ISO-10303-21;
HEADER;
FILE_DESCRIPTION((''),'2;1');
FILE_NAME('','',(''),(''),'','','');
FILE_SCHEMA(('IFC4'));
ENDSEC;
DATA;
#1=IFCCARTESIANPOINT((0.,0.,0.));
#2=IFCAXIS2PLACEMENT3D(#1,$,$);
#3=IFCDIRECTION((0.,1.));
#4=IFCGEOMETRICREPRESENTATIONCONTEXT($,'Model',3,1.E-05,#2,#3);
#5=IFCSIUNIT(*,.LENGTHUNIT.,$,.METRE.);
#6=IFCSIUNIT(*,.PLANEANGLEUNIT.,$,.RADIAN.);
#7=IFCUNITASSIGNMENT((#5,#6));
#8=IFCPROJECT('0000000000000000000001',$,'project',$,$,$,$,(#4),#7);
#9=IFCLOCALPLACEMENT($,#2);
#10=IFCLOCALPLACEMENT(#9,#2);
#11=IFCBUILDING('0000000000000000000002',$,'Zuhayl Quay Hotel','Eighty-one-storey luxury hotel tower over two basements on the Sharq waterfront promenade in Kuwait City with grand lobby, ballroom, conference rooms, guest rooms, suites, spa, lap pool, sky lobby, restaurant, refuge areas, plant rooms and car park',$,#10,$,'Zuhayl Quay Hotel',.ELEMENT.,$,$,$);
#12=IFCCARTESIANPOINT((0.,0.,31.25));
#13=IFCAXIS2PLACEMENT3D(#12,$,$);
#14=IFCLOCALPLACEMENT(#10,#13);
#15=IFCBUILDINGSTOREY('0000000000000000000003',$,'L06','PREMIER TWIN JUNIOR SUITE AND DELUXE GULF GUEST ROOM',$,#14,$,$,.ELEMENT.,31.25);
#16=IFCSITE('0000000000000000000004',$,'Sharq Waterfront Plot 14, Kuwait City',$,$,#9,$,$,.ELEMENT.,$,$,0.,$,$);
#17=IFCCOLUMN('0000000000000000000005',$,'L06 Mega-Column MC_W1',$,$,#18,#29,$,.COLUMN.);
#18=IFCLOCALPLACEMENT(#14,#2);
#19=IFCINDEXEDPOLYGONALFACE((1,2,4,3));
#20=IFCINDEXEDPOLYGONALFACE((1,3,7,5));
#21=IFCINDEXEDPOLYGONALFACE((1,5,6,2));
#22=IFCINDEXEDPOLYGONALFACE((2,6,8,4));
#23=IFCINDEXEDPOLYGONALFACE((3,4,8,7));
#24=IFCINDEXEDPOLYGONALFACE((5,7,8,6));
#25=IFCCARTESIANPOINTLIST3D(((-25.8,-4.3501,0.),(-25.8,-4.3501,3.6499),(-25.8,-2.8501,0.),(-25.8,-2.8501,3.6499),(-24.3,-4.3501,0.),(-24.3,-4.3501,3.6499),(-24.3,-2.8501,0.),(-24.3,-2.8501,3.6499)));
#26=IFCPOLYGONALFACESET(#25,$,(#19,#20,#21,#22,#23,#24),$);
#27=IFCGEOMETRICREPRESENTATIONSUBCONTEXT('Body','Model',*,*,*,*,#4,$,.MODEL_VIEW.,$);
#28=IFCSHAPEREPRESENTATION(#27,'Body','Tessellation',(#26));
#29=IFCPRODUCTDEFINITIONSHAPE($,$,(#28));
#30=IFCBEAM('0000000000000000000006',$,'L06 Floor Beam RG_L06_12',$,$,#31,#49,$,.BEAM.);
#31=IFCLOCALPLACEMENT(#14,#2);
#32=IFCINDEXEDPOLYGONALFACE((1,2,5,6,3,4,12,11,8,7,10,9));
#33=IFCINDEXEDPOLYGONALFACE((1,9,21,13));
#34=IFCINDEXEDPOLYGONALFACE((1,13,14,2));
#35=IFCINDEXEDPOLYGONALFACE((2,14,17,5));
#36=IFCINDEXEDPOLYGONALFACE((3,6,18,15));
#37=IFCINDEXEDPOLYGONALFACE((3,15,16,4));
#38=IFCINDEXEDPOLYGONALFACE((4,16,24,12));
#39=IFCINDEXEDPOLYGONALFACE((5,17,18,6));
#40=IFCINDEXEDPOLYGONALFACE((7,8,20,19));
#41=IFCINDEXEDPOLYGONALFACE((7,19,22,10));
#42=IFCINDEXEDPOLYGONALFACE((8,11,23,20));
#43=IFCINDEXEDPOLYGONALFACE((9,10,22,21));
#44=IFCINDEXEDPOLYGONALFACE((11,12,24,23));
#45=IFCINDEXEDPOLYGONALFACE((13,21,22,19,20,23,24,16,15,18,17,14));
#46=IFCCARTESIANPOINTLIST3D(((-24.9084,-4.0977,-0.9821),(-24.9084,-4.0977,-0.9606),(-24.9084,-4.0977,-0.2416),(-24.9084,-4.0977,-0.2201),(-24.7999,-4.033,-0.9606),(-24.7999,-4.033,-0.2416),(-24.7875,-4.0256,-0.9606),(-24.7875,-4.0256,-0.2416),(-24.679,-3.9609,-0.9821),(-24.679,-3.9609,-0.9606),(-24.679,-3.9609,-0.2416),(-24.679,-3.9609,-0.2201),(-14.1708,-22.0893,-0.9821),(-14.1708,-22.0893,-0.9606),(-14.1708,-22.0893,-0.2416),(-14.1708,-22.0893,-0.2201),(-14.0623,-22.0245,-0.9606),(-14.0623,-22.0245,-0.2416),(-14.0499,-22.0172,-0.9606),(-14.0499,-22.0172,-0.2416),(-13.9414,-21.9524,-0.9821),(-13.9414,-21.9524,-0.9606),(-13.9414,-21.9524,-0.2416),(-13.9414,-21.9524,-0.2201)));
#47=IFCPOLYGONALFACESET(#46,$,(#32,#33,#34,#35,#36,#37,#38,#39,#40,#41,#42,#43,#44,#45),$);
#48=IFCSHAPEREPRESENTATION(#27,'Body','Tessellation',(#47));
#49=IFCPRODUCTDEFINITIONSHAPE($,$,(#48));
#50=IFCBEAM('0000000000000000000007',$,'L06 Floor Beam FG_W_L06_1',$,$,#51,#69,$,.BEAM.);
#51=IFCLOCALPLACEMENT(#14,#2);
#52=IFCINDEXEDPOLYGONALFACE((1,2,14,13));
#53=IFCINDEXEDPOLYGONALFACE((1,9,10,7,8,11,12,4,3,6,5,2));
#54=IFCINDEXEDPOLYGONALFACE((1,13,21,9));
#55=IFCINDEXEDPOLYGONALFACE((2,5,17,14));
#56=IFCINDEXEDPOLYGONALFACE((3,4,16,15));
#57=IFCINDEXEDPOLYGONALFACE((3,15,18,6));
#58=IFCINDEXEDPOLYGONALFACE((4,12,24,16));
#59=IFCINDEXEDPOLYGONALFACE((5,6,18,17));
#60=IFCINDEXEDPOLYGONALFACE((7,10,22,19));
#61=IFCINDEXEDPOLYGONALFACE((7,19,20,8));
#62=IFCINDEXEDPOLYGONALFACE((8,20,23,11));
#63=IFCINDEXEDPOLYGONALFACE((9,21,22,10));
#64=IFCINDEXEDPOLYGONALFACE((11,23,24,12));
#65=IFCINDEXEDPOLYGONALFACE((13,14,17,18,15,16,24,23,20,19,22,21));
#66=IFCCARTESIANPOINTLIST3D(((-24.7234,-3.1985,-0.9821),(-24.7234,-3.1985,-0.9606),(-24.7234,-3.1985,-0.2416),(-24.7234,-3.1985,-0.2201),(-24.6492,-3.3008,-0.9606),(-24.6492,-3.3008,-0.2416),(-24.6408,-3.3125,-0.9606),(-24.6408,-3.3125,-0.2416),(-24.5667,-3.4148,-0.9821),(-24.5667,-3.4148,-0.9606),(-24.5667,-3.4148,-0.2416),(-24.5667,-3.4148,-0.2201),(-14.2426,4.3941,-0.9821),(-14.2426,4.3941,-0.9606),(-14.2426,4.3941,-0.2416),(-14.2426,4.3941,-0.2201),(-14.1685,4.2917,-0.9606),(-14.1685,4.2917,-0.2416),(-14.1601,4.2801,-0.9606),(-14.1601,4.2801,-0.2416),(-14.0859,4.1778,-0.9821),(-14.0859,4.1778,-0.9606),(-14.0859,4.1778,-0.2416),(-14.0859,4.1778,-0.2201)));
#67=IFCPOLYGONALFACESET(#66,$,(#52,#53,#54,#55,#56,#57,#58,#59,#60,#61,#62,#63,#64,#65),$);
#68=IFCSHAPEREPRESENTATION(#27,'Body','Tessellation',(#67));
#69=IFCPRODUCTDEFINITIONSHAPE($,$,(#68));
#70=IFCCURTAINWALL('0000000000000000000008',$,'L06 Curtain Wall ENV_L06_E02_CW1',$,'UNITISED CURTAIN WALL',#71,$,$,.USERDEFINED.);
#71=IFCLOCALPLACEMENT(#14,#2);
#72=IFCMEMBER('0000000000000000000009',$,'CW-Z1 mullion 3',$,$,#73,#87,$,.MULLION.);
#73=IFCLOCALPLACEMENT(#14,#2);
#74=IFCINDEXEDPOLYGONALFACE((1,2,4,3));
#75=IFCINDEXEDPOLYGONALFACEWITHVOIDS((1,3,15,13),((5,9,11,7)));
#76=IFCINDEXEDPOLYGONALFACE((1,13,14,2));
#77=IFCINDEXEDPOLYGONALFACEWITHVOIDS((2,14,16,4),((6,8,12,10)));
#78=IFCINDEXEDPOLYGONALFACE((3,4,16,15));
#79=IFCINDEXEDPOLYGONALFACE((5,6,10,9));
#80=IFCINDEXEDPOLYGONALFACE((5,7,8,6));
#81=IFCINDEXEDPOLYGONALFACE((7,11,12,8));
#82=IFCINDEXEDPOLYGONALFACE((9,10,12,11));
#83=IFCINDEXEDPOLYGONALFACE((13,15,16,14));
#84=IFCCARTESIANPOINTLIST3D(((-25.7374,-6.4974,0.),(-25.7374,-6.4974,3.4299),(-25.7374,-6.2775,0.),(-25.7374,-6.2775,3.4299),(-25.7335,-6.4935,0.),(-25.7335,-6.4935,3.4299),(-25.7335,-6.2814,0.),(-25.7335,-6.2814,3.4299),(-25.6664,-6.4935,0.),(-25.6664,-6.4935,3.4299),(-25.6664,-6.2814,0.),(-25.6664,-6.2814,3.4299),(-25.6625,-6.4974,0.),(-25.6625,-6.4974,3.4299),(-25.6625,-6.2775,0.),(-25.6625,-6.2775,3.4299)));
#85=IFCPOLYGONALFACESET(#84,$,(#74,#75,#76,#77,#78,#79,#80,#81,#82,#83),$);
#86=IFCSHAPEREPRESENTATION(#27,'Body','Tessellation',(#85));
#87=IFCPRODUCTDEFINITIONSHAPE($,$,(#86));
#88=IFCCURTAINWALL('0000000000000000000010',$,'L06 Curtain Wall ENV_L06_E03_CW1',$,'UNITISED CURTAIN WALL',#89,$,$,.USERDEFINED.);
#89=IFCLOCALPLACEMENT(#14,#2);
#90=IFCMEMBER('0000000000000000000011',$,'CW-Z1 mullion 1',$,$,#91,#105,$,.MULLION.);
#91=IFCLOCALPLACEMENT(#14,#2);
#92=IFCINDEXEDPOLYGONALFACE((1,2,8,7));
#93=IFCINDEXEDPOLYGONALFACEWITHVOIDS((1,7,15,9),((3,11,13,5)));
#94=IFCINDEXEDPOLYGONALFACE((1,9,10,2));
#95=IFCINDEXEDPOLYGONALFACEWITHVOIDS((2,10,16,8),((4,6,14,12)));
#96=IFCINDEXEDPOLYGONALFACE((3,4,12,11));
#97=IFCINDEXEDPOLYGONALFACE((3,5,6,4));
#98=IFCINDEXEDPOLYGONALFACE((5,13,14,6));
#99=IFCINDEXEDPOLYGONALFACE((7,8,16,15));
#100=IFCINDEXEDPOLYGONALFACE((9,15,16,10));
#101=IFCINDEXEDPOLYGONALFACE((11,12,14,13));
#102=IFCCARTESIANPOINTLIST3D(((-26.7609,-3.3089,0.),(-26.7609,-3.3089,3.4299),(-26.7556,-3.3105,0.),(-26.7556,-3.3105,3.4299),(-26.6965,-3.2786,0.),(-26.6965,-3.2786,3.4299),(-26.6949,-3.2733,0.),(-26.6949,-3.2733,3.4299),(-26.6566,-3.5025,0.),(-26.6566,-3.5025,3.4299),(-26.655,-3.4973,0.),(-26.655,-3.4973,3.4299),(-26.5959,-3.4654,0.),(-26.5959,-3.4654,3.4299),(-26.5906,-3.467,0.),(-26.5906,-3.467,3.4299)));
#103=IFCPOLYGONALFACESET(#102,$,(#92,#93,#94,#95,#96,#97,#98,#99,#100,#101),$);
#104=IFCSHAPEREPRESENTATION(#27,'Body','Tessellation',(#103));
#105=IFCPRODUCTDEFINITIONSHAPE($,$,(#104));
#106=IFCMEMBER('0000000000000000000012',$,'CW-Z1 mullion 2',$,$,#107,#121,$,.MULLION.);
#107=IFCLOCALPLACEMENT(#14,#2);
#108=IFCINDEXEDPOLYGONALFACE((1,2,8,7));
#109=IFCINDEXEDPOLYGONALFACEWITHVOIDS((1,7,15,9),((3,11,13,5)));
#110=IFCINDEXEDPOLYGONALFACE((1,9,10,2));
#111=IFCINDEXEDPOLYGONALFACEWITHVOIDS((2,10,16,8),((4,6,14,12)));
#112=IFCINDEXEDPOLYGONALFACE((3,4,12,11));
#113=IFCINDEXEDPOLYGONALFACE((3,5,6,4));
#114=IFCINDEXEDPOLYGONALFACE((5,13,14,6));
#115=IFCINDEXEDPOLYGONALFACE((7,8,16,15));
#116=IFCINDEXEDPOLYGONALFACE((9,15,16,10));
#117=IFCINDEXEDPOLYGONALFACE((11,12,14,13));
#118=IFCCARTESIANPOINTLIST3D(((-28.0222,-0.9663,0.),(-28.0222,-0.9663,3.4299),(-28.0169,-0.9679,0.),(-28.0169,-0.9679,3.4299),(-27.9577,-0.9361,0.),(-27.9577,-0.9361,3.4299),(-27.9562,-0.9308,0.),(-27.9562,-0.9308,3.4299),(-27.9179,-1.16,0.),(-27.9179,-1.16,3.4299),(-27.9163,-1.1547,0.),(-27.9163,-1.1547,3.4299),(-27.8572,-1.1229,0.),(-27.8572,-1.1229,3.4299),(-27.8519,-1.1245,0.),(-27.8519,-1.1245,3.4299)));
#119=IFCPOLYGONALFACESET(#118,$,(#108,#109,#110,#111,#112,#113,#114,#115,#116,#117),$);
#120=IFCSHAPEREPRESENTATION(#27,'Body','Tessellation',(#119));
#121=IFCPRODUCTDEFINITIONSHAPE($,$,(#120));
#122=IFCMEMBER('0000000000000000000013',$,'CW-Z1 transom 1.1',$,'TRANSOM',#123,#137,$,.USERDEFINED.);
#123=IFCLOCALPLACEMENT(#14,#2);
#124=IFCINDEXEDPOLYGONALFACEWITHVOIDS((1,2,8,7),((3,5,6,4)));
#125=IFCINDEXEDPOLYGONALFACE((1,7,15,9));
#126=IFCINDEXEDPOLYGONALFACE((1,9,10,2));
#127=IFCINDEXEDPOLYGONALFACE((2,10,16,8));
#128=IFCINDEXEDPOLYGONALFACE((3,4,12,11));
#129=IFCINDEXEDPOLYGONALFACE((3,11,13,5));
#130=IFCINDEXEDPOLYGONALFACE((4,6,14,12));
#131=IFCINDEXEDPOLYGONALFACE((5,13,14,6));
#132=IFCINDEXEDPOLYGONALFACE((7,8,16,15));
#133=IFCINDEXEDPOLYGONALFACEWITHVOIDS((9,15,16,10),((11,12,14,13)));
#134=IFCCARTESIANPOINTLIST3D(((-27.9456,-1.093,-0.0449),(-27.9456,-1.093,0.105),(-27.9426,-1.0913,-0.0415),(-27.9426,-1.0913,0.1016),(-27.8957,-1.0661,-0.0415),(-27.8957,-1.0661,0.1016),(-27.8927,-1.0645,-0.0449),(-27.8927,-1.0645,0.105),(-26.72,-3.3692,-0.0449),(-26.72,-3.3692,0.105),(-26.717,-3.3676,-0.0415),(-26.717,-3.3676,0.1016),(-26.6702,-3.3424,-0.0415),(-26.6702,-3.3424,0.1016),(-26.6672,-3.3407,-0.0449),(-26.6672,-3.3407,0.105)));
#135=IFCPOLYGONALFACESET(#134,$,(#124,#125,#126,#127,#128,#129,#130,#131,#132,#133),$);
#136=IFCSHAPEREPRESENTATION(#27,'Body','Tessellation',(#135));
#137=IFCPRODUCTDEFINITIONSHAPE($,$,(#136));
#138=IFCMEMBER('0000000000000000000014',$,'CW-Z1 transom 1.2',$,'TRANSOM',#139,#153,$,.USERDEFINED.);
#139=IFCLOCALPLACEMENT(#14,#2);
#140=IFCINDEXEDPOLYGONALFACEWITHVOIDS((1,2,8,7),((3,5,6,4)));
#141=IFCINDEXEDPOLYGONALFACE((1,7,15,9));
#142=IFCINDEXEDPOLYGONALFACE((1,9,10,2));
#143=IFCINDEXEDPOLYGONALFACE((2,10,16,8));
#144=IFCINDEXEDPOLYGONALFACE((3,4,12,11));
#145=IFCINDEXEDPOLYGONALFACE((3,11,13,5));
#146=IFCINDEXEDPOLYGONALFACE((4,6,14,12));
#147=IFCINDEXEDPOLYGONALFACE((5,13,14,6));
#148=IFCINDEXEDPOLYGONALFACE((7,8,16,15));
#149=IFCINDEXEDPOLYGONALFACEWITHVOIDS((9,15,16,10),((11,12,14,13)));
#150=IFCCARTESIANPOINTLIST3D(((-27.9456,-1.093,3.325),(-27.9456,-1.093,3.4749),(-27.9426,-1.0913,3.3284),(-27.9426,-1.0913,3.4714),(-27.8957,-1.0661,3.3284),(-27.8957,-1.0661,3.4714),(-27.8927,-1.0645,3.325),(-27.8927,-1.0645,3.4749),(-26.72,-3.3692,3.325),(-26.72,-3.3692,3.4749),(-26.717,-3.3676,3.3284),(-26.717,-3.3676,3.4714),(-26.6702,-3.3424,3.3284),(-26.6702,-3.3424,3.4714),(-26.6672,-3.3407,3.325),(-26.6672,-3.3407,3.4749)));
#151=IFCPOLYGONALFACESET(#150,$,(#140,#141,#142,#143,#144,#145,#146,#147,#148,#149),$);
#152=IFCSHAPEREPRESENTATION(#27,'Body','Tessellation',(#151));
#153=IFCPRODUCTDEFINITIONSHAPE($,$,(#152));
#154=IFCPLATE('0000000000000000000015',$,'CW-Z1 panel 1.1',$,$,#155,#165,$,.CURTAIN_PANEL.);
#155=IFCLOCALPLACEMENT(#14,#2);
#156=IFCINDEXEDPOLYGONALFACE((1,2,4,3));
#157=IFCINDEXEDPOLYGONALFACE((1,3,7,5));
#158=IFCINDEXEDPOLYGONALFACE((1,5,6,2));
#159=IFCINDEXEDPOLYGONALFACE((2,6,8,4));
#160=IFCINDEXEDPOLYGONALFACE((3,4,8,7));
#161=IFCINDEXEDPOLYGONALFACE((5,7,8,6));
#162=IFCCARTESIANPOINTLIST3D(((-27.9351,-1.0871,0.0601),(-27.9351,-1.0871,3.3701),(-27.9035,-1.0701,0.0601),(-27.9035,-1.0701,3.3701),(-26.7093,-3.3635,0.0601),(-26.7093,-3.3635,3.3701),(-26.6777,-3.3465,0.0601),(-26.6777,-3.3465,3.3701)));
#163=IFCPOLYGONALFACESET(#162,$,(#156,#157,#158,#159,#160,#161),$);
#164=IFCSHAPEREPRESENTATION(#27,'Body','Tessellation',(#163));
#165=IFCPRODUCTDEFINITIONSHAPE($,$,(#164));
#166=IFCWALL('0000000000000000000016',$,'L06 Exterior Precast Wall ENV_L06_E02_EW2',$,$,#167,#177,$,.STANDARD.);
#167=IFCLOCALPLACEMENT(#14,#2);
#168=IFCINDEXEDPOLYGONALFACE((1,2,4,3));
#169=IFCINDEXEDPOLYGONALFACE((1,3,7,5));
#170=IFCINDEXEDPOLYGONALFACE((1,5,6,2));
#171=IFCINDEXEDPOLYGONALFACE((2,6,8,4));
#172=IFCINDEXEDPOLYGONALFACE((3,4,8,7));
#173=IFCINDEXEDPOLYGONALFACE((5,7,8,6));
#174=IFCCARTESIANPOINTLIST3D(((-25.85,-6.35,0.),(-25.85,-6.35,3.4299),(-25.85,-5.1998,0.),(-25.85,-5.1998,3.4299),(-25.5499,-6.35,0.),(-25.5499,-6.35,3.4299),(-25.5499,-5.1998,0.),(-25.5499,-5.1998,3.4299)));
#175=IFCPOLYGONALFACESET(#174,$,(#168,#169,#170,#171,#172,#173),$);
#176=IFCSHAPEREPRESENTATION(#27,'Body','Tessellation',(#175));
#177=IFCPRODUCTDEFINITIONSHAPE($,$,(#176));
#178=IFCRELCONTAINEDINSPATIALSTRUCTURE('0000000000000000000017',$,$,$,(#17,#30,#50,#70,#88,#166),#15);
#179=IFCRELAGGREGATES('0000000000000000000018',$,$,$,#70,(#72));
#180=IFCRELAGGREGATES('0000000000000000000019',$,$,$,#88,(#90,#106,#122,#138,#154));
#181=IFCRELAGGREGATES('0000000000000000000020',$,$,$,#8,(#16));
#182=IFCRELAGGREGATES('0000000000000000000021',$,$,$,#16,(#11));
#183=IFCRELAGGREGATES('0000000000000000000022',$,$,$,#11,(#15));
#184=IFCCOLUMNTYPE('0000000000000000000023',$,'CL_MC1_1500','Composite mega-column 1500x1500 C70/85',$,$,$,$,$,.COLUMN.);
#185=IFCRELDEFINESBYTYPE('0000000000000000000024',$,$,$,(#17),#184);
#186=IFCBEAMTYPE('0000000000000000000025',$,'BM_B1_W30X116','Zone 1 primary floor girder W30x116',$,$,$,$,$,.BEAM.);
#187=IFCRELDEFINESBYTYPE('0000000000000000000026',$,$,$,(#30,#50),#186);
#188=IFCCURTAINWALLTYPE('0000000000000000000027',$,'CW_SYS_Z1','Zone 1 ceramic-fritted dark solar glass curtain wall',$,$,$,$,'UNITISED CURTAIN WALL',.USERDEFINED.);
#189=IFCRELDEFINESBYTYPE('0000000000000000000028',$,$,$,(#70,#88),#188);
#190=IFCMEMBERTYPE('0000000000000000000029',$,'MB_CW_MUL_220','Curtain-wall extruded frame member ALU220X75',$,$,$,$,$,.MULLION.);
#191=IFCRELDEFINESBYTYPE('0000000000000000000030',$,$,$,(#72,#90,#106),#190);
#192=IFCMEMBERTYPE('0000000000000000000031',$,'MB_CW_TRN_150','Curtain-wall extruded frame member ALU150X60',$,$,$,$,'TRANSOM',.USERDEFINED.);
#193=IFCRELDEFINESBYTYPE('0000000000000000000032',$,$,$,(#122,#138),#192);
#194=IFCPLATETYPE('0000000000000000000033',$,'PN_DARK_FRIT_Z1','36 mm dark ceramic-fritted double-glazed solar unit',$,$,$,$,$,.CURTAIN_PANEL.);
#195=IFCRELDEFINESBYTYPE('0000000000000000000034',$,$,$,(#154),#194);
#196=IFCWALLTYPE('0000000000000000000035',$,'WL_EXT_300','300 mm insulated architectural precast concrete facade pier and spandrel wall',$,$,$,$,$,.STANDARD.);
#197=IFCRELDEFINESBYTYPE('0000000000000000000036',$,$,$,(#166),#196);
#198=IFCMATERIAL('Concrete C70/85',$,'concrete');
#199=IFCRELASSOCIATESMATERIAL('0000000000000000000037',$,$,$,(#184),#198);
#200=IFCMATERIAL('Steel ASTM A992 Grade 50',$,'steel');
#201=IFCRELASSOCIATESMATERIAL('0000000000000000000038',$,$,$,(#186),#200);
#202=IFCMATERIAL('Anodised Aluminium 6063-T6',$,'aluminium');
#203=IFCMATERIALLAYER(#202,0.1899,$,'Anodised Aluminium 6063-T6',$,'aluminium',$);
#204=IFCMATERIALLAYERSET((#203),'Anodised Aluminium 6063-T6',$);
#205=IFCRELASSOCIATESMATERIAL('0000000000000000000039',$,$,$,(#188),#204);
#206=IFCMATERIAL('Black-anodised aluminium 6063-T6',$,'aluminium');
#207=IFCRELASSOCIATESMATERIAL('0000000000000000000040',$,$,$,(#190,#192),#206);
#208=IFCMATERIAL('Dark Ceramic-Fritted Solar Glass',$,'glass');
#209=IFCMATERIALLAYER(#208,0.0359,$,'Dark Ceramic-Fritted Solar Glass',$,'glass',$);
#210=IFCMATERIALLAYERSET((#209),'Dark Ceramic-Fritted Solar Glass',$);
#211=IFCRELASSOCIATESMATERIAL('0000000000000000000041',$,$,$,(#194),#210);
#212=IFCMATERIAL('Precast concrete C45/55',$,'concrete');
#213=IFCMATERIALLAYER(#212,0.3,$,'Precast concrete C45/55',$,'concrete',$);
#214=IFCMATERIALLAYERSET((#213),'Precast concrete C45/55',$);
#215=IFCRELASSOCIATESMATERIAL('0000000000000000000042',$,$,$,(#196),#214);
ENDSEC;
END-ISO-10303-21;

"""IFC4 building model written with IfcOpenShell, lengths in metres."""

from ifc_helpers import new_model, si_unit, direction, frame, frame_2d, origin, origin_2d, place, context, subcontext, project, spatial, rectangle, hollow_rectangle, i_section, extrude, material, layer, layer_set, material_profile, profile_set, type_object, element, aggregate, save


model = new_model("IFC4")

# Units and contexts
model_context = context("Model", 3, precision=1e-05, world=origin(), true_north=direction((0.0, 1.0)))
body_context = subcontext(model_context, "Body", "Model", "MODEL_VIEW")
ifc_project = project(units=[si_unit("LENGTHUNIT", "METRE"), si_unit("PLANEANGLEUNIT", "RADIAN")], contexts=[model_context])

# Site, building, storey
site_placement = place(None, origin())
site = spatial("IfcSite", under=ifc_project, at=site_placement, Name="Sharq Waterfront Plot 14, Kuwait City", CompositionType="ELEMENT", RefElevation=0.0)
building_placement = place(site_placement, origin())
building = spatial("IfcBuilding", under=site, at=building_placement, Name="Zuhayl Quay Hotel", Description="Eighty-one-storey luxury hotel tower over two basements on the Sharq waterfront promenade in Kuwait City with grand lobby, ballroom, conference rooms, guest rooms, suites, spa, lap pool, sky lobby, restaurant, refuge areas, plant rooms and car park", LongName="Zuhayl Quay Hotel", CompositionType="ELEMENT")
storey_placement = place(building_placement, frame((0.0, 0.0, 31.25)))
storey = spatial("IfcBuildingStorey", under=building, at=storey_placement, Name="L06", Description="PREMIER TWIN JUNIOR SUITE AND DELUXE GULF GUEST ROOM", CompositionType="ELEMENT", Elevation=31.25)

# Column
ifc_material_1 = material(Name="Concrete C70/85", Category="concrete")
ifc_material_profile_1 = material_profile(ifc_material_1, rectangle(XDim=1.5, YDim=1.5, at=origin_2d()), Name="RC1500X1500")
ifc_profile_set_1 = profile_set([ifc_material_profile_1], Name="Concrete C70/85")
column_type = type_object("IfcColumnType", Name="CL_MC1_1500", Description="Composite mega-column 1500x1500 C70/85", PredefinedType="COLUMN", material=ifc_profile_set_1)
column_placement = place(storey_placement, frame((-25.05, -3.6001, 0.0), z_axis=(0.0, 0.0, 1.0), x_axis=(1.0, 0.0, 0.0)))
element("IfcColumn", 1, at=column_placement, inside=storey, type_object=column_type, Name="L06 Mega-Column MC_W1", PredefinedType="COLUMN", context=body_context, shape_type="SweptSolid", body=[
    extrude(rectangle(XDim=1.5, YDim=1.5, at=origin_2d()), origin(), (0.0, 0.0, 1.0), 3.6499),
])

# Beams
ifc_material_2 = material(Name="Steel ASTM A992 Grade 50", Category="steel")
ifc_material_profile_2 = material_profile(ifc_material_2, i_section(OverallWidth=0.2671, OverallDepth=0.762, WebThickness=0.0144, FlangeThickness=0.0215, at=origin_2d()), Name="W30X116")
ifc_profile_set_2 = profile_set([ifc_material_profile_2], Name="Steel ASTM A992 Grade 50")
beam_type = type_object("IfcBeamType", Name="BM_B1_W30X116", Description="Zone 1 primary floor girder W30x116", PredefinedType="BEAM", material=ifc_profile_set_2)
beam_1_placement = place(storey_placement, frame((-24.7937, -4.0293, -0.6011), z_axis=(0.512483, -0.858698, 0.0), x_axis=(0.858698, 0.512483, 0.0)))
element("IfcBeam", 2, at=beam_1_placement, inside=storey, type_object=beam_type, Name="L06 Floor Beam RG_L06_12", PredefinedType="BEAM", context=body_context, shape_type="SweptSolid", body=[
    extrude(i_section(OverallWidth=0.2671, OverallDepth=0.762, WebThickness=0.0144, FlangeThickness=0.0215, at=origin_2d()), origin(), (0.0, 0.0, 1.0), 20.9521),
])
beam_2_placement = place(storey_placement, frame((-24.645, -3.3066, -0.6011), z_axis=(0.80983, 0.586664, 0.0), x_axis=(-0.586664, 0.80983, 0.0)))
element("IfcBeam", 3, at=beam_2_placement, inside=storey, type_object=beam_type, Name="L06 Floor Beam FG_W_L06_1", PredefinedType="BEAM", context=body_context, shape_type="SweptSolid", body=[
    extrude(i_section(OverallWidth=0.2671, OverallDepth=0.762, WebThickness=0.0144, FlangeThickness=0.0215, at=origin_2d()), origin(), (0.0, 0.0, 1.0), 12.9419),
])

# Curtain wall, member
ifc_material_3 = material(Name="Anodised Aluminium 6063-T6", Category="aluminium")
ifc_layer_1 = layer(ifc_material_3, 0.1899, Name="Anodised Aluminium 6063-T6", Category="aluminium")
ifc_layer_set_1 = layer_set([ifc_layer_1], Name="Anodised Aluminium 6063-T6")
curtain_wall_type = type_object("IfcCurtainWallType", Name="CW_SYS_Z1", Description="Zone 1 ceramic-fritted dark solar glass curtain wall", ElementType="UNITISED CURTAIN WALL", PredefinedType="USERDEFINED", material=ifc_layer_set_1)
curtain_wall_1_placement = place(storey_placement, origin())
curtain_wall_1 = element("IfcCurtainWall", 4, at=curtain_wall_1_placement, inside=storey, type_object=curtain_wall_type, Name="L06 Curtain Wall ENV_L06_E02_CW1", ObjectType="UNITISED CURTAIN WALL", PredefinedType="USERDEFINED")
ifc_material_4 = material(Name="Black-anodised aluminium 6063-T6", Category="aluminium")
ifc_material_profile_3 = material_profile(ifc_material_4, hollow_rectangle(XDim=0.075, YDim=0.22, WallThickness=0.0039, at=origin_2d()), Name="ALU220X75")
ifc_profile_set_3 = profile_set([ifc_material_profile_3], Name="Black-anodised aluminium 6063-T6")
member_type_1 = type_object("IfcMemberType", Name="MB_CW_MUL_220", Description="Curtain-wall extruded frame member ALU220X75", PredefinedType="MULLION", material=ifc_profile_set_3)
member_1_placement = place(storey_placement, frame((-25.7, -6.3875, 0.0), z_axis=(0.0, 0.0, 1.0), x_axis=(-1.0, 0.0, 0.0)))
member_1 = element("IfcMember", 5, at=member_1_placement, type_object=member_type_1, Name="CW-Z1 mullion 3", PredefinedType="MULLION", context=body_context, shape_type="SweptSolid", body=[
    extrude(hollow_rectangle(XDim=0.075, YDim=0.22, WallThickness=0.0039, at=origin_2d()), origin(), (0.0, 0.0, 1.0), 3.4299),
])
aggregate(curtain_wall_1, [member_1])

# Curtain wall, members, plate
curtain_wall_2_placement = place(storey_placement, origin())
curtain_wall_2 = element("IfcCurtainWall", 6, at=curtain_wall_2_placement, inside=storey, type_object=curtain_wall_type, Name="L06 Curtain Wall ENV_L06_E03_CW1", ObjectType="UNITISED CURTAIN WALL", PredefinedType="USERDEFINED")
member_2_placement = place(storey_placement, frame((-26.6758, -3.3879, 0.0), z_axis=(0.0, 0.0, 1.0), x_axis=(-0.880476, -0.474091, 0.0)))
member_2 = element("IfcMember", 7, at=member_2_placement, type_object=member_type_1, Name="CW-Z1 mullion 1", PredefinedType="MULLION", context=body_context, shape_type="SweptSolid", body=[
    extrude(hollow_rectangle(XDim=0.075, YDim=0.22, WallThickness=0.0039, at=origin_2d()), origin(), (0.0, 0.0, 1.0), 3.4299),
])
member_3_placement = place(storey_placement, frame((-27.937, -1.0454, 0.0), z_axis=(0.0, 0.0, 1.0), x_axis=(-0.880476, -0.474091, 0.0)))
member_3 = element("IfcMember", 8, at=member_3_placement, type_object=member_type_1, Name="CW-Z1 mullion 2", PredefinedType="MULLION", context=body_context, shape_type="SweptSolid", body=[
    extrude(hollow_rectangle(XDim=0.075, YDim=0.22, WallThickness=0.0039, at=origin_2d()), origin(), (0.0, 0.0, 1.0), 3.4299),
])
ifc_material_profile_4 = material_profile(ifc_material_4, hollow_rectangle(XDim=0.0601, YDim=0.1499, WallThickness=0.0034, at=origin_2d()), Name="ALU150X60")
ifc_profile_set_4 = profile_set([ifc_material_profile_4], Name="Black-anodised aluminium 6063-T6")
member_type_2 = type_object("IfcMemberType", Name="MB_CW_TRN_150", Description="Curtain-wall extruded frame member ALU150X60", ElementType="TRANSOM", PredefinedType="USERDEFINED", material=ifc_profile_set_4)
member_4_placement = place(storey_placement, frame((-26.6936, -3.355, 0.03), z_axis=(-0.474055, 0.880495, 0.0), x_axis=(-0.880495, -0.474055, 0.0)))
member_4 = element("IfcMember", 9, at=member_4_placement, type_object=member_type_2, Name="CW-Z1 transom 1.1", ObjectType="TRANSOM", PredefinedType="USERDEFINED", context=body_context, shape_type="SweptSolid", body=[
    extrude(hollow_rectangle(XDim=0.0601, YDim=0.1499, WallThickness=0.0034, at=origin_2d()), origin(), (0.0, 0.0, 1.0), 2.5852),
])
member_5_placement = place(storey_placement, frame((-26.6936, -3.355, 3.3999), z_axis=(-0.474055, 0.880495, 0.0), x_axis=(-0.880495, -0.474055, 0.0)))
member_5 = element("IfcMember", 10, at=member_5_placement, type_object=member_type_2, Name="CW-Z1 transom 1.2", ObjectType="TRANSOM", PredefinedType="USERDEFINED", context=body_context, shape_type="SweptSolid", body=[
    extrude(hollow_rectangle(XDim=0.0601, YDim=0.1499, WallThickness=0.0034, at=origin_2d()), origin(), (0.0, 0.0, 1.0), 2.5852),
])
ifc_material_5 = material(Name="Dark Ceramic-Fritted Solar Glass", Category="glass")
ifc_layer_2 = layer(ifc_material_5, 0.0359, Name="Dark Ceramic-Fritted Solar Glass", Category="glass")
ifc_layer_set_2 = layer_set([ifc_layer_2], Name="Dark Ceramic-Fritted Solar Glass")
plate_type = type_object("IfcPlateType", Name="PN_DARK_FRIT_Z1", Description="36 mm dark ceramic-fritted double-glazed solar unit", PredefinedType="CURTAIN_PANEL", material=ifc_layer_set_2)
plate_placement = place(storey_placement, frame((-27.3064, -2.2168, 0.0601), z_axis=(0.0, 0.0, 1.0), x_axis=(-0.474091, 0.880476, 0.0)))
plate = element("IfcPlate", 11, at=plate_placement, type_object=plate_type, Name="CW-Z1 panel 1.1", PredefinedType="CURTAIN_PANEL", context=body_context, shape_type="SweptSolid", body=[
    extrude(rectangle(XDim=2.5854, YDim=0.0359, at=origin_2d()), origin(), (0.0, 0.0, 1.0), 3.3101),
])
aggregate(curtain_wall_2, [member_2, member_3, member_4, member_5, plate])

# Wall
ifc_material_6 = material(Name="Precast concrete C45/55", Category="concrete")
ifc_layer_3 = layer(ifc_material_6, 0.3, Name="Precast concrete C45/55", Category="concrete")
ifc_layer_set_3 = layer_set([ifc_layer_3], Name="Precast concrete C45/55")
wall_type_1 = type_object("IfcWallType", Name="WL_EXT_300", Description="300 mm insulated architectural precast concrete facade pier and spandrel wall", PredefinedType="STANDARD", material=ifc_layer_set_3)
wall_1_placement = place(storey_placement, frame((-25.7, -6.3501, 0.0), z_axis=(0.0, 0.0, 1.0), x_axis=(0.0, 1.0, 0.0)))
element("IfcWall", 12, at=wall_1_placement, inside=storey, type_object=wall_type_1, Name="L06 Exterior Precast Wall ENV_L06_E02_EW2", PredefinedType="STANDARD", context=body_context, shape_type="SweptSolid", body=[
    extrude(rectangle(XDim=1.1501, YDim=0.3, at=frame_2d((0.5752, 0.0))), origin(), (0.0, 0.0, 1.0), 3.4299),
])

save(model, "model.ifc")
